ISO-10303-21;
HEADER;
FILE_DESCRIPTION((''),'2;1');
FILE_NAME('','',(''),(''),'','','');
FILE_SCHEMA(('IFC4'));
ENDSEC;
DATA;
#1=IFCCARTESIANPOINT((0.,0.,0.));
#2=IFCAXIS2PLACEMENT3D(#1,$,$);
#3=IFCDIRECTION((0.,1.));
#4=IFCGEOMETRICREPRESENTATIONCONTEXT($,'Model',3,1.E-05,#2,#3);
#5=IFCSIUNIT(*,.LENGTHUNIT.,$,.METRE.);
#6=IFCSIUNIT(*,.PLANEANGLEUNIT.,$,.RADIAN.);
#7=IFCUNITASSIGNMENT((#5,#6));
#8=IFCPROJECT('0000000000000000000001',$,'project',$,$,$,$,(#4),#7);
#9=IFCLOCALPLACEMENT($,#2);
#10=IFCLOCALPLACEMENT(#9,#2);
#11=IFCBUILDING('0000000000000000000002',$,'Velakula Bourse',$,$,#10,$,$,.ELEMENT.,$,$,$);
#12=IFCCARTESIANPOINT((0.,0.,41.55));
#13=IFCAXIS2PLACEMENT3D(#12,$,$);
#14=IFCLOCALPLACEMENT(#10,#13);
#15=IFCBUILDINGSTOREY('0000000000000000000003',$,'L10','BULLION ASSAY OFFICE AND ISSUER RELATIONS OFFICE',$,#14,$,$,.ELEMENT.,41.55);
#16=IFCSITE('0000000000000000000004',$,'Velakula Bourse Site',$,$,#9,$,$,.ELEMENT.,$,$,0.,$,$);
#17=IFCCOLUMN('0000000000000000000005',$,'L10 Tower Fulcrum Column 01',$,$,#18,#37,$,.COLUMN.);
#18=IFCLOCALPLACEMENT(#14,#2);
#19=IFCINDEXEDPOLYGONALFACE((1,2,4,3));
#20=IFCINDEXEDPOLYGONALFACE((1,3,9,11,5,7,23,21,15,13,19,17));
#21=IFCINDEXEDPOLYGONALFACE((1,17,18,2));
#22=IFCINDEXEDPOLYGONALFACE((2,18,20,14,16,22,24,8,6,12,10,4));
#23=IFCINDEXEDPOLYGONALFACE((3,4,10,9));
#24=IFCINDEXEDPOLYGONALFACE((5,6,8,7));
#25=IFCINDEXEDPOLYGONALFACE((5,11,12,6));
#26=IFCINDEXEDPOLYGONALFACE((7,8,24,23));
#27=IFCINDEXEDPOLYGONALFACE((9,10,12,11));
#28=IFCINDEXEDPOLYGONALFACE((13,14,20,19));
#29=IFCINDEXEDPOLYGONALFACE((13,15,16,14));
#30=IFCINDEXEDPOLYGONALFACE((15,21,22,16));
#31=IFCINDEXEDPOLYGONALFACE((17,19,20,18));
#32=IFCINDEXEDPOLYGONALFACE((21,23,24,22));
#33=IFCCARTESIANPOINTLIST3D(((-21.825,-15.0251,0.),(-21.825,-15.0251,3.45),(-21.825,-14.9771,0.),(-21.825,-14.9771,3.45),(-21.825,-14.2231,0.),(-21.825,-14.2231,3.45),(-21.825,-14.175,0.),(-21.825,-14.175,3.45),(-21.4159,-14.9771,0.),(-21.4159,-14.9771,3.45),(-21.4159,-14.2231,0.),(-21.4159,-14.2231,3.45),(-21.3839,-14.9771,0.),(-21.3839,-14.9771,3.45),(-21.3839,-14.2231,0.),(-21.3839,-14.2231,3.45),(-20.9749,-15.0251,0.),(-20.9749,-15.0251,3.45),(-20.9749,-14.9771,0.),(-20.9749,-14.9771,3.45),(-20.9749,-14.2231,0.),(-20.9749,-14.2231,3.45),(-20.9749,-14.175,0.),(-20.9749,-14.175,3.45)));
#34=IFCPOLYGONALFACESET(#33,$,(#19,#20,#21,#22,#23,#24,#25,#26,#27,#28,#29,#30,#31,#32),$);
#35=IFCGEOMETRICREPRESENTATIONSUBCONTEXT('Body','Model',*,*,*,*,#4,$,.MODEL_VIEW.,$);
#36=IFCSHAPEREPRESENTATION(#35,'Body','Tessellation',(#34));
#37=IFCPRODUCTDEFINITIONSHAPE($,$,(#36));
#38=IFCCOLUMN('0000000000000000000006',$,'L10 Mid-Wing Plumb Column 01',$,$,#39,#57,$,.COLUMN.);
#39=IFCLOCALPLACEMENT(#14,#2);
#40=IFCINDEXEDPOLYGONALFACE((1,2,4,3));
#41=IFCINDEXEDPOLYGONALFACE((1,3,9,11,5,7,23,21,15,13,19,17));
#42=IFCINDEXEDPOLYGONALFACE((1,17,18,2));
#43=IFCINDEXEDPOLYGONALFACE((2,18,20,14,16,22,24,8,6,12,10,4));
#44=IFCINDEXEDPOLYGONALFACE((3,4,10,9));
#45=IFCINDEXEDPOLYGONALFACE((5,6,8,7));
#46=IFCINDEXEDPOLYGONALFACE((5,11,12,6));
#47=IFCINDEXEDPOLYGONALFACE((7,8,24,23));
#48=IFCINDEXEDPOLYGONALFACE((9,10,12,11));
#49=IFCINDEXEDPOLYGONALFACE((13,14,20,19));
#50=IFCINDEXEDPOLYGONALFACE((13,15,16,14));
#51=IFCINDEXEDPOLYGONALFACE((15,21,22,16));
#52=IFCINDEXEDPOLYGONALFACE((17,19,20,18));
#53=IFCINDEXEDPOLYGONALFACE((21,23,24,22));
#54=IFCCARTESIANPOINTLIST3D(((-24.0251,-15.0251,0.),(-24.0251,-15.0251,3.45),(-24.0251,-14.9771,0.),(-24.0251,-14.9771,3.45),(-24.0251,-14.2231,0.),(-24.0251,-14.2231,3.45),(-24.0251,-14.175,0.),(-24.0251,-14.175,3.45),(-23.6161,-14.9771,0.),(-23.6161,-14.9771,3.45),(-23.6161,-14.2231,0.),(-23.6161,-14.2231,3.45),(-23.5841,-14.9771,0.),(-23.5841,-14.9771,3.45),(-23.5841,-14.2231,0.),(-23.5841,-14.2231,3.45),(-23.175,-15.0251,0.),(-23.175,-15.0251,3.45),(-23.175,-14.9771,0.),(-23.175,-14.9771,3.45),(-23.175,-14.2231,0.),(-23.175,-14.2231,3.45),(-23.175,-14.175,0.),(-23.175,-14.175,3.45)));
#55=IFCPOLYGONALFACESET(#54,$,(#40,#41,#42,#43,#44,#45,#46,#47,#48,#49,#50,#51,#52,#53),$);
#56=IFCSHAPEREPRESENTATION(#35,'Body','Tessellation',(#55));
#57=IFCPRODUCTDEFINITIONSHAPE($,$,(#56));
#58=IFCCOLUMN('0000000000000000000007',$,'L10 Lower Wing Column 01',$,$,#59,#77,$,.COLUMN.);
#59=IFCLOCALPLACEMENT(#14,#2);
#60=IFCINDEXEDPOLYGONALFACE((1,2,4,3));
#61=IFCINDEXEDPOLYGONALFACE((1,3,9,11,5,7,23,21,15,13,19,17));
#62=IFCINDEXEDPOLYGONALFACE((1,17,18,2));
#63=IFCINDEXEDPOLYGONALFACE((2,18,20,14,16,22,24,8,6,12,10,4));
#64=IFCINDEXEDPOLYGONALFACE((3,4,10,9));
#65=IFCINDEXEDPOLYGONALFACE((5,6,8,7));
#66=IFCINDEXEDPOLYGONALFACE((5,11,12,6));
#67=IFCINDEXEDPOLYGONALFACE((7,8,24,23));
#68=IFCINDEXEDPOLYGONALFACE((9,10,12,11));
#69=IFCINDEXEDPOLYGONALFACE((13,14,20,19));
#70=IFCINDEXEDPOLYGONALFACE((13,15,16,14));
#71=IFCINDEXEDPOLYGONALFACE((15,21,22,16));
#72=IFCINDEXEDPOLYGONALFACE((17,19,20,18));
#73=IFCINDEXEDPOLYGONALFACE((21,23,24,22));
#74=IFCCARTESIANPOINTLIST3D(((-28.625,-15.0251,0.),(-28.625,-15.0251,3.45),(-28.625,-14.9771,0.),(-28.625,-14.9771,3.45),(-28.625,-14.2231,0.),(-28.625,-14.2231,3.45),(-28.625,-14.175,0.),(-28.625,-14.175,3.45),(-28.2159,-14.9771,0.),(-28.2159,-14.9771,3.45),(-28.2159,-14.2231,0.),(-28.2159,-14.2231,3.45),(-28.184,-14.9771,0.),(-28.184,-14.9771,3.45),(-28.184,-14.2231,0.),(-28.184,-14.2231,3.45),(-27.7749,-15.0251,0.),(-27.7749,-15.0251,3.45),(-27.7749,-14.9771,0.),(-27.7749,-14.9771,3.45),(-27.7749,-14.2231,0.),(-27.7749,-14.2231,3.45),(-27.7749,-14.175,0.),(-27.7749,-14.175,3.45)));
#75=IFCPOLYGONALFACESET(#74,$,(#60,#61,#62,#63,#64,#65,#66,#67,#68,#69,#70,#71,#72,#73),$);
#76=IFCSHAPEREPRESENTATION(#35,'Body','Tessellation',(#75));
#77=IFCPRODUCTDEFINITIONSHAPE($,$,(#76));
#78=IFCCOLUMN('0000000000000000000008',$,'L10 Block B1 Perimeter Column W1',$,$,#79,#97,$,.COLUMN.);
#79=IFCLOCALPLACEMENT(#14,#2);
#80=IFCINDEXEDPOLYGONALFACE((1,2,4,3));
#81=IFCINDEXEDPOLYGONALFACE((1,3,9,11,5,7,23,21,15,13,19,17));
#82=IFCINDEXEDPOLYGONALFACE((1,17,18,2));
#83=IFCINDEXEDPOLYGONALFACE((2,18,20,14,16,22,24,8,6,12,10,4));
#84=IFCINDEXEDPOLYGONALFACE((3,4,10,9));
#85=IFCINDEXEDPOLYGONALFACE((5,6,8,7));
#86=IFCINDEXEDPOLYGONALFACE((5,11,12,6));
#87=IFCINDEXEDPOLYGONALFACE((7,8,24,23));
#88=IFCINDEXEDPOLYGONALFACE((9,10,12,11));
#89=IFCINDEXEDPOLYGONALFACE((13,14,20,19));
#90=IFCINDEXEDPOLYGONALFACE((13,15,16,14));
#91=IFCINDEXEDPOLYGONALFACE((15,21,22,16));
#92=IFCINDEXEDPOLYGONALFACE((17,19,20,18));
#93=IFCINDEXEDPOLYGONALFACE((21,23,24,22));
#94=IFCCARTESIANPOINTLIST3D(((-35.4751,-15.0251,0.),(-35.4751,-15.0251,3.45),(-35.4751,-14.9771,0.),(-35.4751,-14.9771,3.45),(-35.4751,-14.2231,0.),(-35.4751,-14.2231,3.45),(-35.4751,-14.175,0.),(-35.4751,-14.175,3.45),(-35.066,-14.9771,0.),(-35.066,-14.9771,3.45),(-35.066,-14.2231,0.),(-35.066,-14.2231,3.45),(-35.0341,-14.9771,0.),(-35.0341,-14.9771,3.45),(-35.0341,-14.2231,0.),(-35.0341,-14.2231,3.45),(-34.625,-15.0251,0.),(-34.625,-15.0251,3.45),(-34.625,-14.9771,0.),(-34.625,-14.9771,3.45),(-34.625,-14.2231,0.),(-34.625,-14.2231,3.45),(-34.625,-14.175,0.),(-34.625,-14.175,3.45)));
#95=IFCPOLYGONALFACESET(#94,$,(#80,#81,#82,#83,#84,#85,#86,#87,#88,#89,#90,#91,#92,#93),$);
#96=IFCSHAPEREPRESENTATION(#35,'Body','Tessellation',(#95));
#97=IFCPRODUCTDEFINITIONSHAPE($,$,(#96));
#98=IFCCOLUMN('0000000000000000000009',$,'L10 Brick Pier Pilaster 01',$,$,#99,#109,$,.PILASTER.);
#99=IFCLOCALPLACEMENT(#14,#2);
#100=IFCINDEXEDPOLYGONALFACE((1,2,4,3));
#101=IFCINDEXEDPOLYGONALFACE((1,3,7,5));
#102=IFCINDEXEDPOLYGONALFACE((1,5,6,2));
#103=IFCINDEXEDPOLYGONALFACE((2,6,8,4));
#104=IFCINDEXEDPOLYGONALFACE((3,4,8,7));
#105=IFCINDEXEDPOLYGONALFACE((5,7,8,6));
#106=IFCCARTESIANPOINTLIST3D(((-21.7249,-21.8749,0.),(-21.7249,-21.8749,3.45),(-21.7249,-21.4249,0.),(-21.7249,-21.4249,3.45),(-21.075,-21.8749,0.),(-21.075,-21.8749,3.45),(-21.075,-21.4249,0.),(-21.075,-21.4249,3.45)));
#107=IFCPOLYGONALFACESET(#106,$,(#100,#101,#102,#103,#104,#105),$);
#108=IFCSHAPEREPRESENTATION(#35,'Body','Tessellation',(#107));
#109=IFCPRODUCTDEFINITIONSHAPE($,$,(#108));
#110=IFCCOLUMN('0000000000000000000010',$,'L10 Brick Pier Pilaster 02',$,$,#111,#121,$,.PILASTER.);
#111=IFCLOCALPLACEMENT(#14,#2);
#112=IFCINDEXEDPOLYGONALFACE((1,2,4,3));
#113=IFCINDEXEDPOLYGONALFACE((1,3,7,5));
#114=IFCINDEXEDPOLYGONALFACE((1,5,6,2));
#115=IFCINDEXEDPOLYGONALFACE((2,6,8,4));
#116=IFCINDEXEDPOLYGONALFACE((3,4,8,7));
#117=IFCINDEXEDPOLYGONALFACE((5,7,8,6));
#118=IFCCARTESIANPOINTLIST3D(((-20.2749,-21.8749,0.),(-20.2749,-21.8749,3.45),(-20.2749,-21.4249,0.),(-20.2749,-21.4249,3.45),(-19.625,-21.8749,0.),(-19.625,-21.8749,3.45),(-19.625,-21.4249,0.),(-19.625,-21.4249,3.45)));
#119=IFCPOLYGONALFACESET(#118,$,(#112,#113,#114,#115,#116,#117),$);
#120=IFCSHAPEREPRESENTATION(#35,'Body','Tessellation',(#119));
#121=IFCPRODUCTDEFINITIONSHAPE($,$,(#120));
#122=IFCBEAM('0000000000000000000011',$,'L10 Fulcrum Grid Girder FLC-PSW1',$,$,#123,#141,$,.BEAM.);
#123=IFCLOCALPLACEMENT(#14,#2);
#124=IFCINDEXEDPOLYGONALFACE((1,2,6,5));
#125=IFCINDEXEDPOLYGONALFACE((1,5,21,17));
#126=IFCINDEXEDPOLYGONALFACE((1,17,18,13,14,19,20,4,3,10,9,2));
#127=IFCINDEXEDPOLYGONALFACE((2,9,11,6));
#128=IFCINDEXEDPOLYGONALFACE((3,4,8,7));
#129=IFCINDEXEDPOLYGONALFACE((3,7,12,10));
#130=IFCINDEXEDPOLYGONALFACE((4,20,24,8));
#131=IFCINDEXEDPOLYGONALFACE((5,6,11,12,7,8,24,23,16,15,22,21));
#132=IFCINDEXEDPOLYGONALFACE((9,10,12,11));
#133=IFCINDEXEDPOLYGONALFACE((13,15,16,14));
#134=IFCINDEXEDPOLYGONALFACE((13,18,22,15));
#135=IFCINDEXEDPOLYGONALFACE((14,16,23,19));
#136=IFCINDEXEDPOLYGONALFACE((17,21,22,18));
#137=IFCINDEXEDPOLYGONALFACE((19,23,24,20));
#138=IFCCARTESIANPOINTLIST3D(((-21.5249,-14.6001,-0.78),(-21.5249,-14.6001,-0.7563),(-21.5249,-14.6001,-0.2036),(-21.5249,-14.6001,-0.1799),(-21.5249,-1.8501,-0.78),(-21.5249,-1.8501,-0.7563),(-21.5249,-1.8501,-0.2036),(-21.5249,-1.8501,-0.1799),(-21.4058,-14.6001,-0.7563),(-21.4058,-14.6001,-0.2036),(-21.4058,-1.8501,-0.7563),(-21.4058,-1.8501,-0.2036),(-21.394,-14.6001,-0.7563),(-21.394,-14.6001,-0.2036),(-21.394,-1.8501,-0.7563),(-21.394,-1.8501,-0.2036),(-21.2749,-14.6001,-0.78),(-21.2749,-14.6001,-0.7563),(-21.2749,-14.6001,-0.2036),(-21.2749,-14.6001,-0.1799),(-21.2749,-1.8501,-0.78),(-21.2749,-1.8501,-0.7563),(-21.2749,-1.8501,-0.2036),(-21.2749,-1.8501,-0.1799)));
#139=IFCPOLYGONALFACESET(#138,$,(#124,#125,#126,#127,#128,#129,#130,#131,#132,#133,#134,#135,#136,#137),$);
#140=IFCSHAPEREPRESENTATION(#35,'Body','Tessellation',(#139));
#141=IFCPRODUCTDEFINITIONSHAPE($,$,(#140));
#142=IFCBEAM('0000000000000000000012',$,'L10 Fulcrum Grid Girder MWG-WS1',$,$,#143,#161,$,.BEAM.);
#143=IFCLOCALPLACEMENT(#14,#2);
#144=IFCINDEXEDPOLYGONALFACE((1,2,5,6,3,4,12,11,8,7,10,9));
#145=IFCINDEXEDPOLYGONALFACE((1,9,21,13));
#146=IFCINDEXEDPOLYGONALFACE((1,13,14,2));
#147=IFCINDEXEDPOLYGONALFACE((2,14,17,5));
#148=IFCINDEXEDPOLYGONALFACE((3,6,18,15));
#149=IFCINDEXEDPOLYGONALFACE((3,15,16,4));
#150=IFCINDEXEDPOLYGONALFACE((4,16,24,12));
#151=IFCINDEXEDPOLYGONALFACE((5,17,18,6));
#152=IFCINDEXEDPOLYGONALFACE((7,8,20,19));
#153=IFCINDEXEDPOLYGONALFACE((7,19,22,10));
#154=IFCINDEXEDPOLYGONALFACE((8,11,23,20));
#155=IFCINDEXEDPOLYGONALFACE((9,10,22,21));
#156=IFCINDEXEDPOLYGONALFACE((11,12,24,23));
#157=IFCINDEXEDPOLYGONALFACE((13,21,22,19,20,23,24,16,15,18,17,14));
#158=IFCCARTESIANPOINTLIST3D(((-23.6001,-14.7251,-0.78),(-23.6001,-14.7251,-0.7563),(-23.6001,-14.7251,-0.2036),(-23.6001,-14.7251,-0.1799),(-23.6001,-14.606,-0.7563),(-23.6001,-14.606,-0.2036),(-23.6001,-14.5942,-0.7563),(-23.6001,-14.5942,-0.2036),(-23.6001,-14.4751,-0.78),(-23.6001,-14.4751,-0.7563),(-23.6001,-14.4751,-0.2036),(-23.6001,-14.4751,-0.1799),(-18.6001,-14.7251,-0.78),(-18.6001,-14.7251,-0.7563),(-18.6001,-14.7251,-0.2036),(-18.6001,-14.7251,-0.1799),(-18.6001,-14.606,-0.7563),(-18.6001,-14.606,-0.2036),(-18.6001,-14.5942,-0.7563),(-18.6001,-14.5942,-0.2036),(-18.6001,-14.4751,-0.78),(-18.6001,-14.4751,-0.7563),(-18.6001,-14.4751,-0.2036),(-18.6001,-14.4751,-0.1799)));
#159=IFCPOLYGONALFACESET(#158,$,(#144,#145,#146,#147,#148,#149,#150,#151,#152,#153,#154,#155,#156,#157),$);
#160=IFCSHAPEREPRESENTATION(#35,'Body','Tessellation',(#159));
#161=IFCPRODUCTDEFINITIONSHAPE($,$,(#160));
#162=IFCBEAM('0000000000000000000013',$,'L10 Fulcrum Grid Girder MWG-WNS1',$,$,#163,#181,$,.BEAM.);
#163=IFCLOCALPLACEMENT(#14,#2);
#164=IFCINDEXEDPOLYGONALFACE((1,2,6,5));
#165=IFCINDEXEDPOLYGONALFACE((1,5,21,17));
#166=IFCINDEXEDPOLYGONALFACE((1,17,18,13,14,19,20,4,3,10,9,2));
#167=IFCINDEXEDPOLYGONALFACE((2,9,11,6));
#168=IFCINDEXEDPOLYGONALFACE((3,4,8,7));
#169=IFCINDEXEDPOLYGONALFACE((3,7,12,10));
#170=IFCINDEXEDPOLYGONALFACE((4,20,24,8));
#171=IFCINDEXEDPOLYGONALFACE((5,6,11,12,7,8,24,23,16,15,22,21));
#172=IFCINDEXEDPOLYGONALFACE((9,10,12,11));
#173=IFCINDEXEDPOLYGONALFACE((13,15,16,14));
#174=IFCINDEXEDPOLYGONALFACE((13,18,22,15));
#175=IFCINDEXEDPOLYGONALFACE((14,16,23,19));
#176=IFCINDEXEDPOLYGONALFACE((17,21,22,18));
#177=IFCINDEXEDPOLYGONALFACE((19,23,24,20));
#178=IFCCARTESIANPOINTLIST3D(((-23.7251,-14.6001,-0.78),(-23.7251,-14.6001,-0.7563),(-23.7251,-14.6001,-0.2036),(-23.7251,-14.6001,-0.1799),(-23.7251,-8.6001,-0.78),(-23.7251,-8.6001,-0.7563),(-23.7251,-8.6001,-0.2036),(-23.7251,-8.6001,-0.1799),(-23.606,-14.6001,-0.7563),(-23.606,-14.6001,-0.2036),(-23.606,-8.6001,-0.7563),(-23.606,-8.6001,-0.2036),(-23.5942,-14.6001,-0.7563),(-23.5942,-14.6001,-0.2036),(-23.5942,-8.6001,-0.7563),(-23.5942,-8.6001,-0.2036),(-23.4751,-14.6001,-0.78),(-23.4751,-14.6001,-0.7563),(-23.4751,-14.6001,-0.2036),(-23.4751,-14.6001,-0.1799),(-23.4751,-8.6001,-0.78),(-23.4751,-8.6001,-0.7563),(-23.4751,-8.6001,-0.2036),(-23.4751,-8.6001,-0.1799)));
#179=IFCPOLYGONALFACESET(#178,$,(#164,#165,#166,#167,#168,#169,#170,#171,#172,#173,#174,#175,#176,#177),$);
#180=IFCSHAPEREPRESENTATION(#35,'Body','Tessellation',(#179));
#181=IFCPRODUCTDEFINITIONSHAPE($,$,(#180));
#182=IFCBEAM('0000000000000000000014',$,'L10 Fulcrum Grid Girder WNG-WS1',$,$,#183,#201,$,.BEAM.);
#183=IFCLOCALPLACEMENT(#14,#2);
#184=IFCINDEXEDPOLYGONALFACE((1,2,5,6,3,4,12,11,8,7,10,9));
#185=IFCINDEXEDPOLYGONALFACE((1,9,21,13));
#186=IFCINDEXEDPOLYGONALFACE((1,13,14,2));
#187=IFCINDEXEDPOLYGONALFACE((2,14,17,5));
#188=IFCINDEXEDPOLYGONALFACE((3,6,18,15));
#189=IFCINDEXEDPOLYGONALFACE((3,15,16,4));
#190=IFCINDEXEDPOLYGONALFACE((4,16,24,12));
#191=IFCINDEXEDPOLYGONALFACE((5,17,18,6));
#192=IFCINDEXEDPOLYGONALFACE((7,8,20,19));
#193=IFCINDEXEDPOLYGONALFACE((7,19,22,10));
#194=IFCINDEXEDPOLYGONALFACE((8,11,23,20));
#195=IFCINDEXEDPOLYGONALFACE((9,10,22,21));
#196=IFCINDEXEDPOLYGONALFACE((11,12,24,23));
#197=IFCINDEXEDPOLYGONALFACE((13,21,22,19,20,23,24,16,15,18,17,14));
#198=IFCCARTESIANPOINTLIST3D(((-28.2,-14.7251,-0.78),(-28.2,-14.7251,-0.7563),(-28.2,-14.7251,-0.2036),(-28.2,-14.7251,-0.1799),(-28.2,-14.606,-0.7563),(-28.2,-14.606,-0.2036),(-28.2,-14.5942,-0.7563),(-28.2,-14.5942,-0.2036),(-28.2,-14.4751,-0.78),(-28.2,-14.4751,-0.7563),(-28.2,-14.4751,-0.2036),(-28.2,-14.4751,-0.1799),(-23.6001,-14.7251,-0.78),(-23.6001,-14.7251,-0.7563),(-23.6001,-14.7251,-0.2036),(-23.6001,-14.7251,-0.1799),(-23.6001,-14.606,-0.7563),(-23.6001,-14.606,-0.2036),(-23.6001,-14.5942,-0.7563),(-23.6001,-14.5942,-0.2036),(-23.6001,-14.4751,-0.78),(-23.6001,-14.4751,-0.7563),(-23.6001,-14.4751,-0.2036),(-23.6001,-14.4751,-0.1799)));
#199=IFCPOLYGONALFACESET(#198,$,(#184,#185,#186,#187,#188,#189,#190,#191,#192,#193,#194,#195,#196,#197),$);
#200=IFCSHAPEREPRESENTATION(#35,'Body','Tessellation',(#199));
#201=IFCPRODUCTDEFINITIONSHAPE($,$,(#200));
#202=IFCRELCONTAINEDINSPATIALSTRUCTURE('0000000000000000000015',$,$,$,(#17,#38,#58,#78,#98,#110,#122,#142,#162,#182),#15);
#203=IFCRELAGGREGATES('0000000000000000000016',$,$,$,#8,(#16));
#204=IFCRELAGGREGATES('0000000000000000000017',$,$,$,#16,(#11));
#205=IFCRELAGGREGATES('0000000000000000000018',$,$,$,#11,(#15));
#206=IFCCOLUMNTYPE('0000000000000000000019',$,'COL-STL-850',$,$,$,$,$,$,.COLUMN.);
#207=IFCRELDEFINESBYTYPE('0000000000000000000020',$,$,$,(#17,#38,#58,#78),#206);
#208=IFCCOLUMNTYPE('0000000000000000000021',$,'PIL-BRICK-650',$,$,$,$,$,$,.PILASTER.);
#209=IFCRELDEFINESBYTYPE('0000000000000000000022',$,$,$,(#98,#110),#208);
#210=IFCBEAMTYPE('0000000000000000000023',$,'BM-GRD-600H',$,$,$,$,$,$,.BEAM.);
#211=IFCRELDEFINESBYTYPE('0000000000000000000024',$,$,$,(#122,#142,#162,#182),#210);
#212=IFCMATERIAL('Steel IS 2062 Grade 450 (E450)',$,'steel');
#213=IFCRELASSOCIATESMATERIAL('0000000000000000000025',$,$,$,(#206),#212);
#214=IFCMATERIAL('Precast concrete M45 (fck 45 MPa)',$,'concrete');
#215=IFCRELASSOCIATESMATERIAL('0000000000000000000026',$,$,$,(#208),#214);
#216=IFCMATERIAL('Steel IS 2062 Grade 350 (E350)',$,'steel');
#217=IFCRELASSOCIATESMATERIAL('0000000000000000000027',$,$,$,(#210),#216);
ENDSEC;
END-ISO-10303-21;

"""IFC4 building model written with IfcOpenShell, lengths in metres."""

from ifc_helpers import new_model, si_unit, direction, frame, origin, origin_2d, place, context, subcontext, project, spatial, rectangle, i_section, extrude, material, material_profile, profile_set, type_object, element, save


model = new_model("IFC4")

# Units and contexts
model_context = context("Model", 3, precision=1e-05, world=origin(), true_north=direction((0.0, 1.0)))
body_context = subcontext(model_context, "Body", "Model", "MODEL_VIEW")
ifc_project = project(units=[si_unit("LENGTHUNIT", "METRE"), si_unit("PLANEANGLEUNIT", "RADIAN")], contexts=[model_context])

# Site, building, storey
site_placement = place(None, origin())
site = spatial("IfcSite", under=ifc_project, at=site_placement, Name="Velakula Bourse Site", CompositionType="ELEMENT", RefElevation=0.0)
building_placement = place(site_placement, origin())
building = spatial("IfcBuilding", under=site, at=building_placement, Name="Velakula Bourse", CompositionType="ELEMENT")
storey_placement = place(building_placement, frame((0.0, 0.0, 41.55)))
storey = spatial("IfcBuildingStorey", under=building, at=storey_placement, Name="L10", Description="BULLION ASSAY OFFICE AND ISSUER RELATIONS OFFICE", CompositionType="ELEMENT", Elevation=41.55)

# Columns
ifc_material_1 = material(Name="Steel IS 2062 Grade 450 (E450)", Category="steel")
ifc_material_profile_1 = material_profile(ifc_material_1, i_section(OverallWidth=0.8501, OverallDepth=0.8501, WebThickness=0.032, FlangeThickness=0.0481, at=origin_2d()), Name="Steel IS 2062 Grade 450 (E450)")
ifc_profile_set_1 = profile_set([ifc_material_profile_1], Name="Steel IS 2062 Grade 450 (E450)")
column_type_1 = type_object("IfcColumnType", Name="COL-STL-850", PredefinedType="COLUMN", material=ifc_profile_set_1)
for number, where, z_axis, x_axis, name in (
    (1, (-21.3999, -14.6001, 0.0), (0.0, 0.0, 1.0), (1.0, 0.0, 0.0), "L10 Tower Fulcrum Column 01"),
    (2, (-23.6001, -14.6001, 0.0), (0.0, 0.0, 1.0), (1.0, 0.0, 0.0), "L10 Mid-Wing Plumb Column 01"),
    (3, (-28.2, -14.6001, 0.0), (0.0, 0.0, 1.0), (1.0, 0.0, 0.0), "L10 Lower Wing Column 01"),
    (4, (-35.05, -14.6001, 0.0), (0.0, 0.0, 1.0), (1.0, 0.0, 0.0), "L10 Block B1 Perimeter Column W1"),
):
    element("IfcColumn", number, at=place(storey_placement, frame(where, z_axis=z_axis, x_axis=x_axis)), inside=storey, type_object=column_type_1, Name=name, PredefinedType="COLUMN", context=body_context, shape_type="SweptSolid", body=[
        extrude(i_section(OverallWidth=0.8501, OverallDepth=0.8501, WebThickness=0.032, FlangeThickness=0.0481, at=origin_2d()), origin(), (0.0, 0.0, 1.0), 3.45),
    ])
ifc_material_2 = material(Name="Precast concrete M45 (fck 45 MPa)", Category="concrete")
ifc_material_profile_2 = material_profile(ifc_material_2, rectangle(XDim=0.6499, YDim=0.45, at=origin_2d()), Name="Precast concrete M45 (fck 45 MPa)")
ifc_profile_set_2 = profile_set([ifc_material_profile_2], Name="Precast concrete M45 (fck 45 MPa)")
column_type_2 = type_object("IfcColumnType", Name="PIL-BRICK-650", PredefinedType="PILASTER", material=ifc_profile_set_2)
for number, where, z_axis, x_axis, name in (
    (5, (-21.3999, -21.6499, 0.0), (0.0, 0.0, 1.0), (1.0, 0.0, 0.0), "L10 Brick Pier Pilaster 01"),
    (6, (-19.95, -21.6499, 0.0), (0.0, 0.0, 1.0), (1.0, 0.0, 0.0), "L10 Brick Pier Pilaster 02"),
):
    element("IfcColumn", number, at=place(storey_placement, frame(where, z_axis=z_axis, x_axis=x_axis)), inside=storey, type_object=column_type_2, Name=name, PredefinedType="PILASTER", context=body_context, shape_type="SweptSolid", body=[
        extrude(rectangle(XDim=0.6499, YDim=0.45, at=origin_2d()), origin(), (0.0, 0.0, 1.0), 3.45),
    ])

# Beams
ifc_material_3 = material(Name="Steel IS 2062 Grade 350 (E350)", Category="steel")
ifc_material_profile_3 = material_profile(ifc_material_3, i_section(OverallWidth=0.25, OverallDepth=0.6001, WebThickness=0.0117, FlangeThickness=0.0237, at=origin_2d()), Name="Steel IS 2062 Grade 350 (E350)")
ifc_profile_set_3 = profile_set([ifc_material_profile_3], Name="Steel IS 2062 Grade 350 (E350)")
beam_type_1 = type_object("IfcBeamType", Name="BM-GRD-600H", PredefinedType="BEAM", material=ifc_profile_set_3)
beam_1_placement = place(storey_placement, frame((-21.3999, -14.6001, -0.48), z_axis=(0.0, 1.0, 0.0), x_axis=(-1.0, 0.0, 0.0)))
element("IfcBeam", 7, at=beam_1_placement, inside=storey, type_object=beam_type_1, Name="L10 Fulcrum Grid Girder FLC-PSW1", PredefinedType="BEAM", context=body_context, shape_type="SweptSolid", body=[
    extrude(i_section(OverallWidth=0.25, OverallDepth=0.6001, WebThickness=0.0117, FlangeThickness=0.0237, at=origin_2d()), origin(), (0.0, 0.0, 1.0), 12.75),
])
beam_2_placement = place(storey_placement, frame((-23.6001, -14.6001, -0.48), z_axis=(1.0, 0.0, 0.0), x_axis=(0.0, 1.0, 0.0)))
element("IfcBeam", 8, at=beam_2_placement, inside=storey, type_object=beam_type_1, Name="L10 Fulcrum Grid Girder MWG-WS1", PredefinedType="BEAM", context=body_context, shape_type="SweptSolid", body=[
    extrude(i_section(OverallWidth=0.25, OverallDepth=0.6001, WebThickness=0.0117, FlangeThickness=0.0237, at=origin_2d()), origin(), (0.0, 0.0, 1.0), 5.0),
])
beam_3_placement = place(storey_placement, frame((-23.6001, -14.6001, -0.48), z_axis=(0.0, 1.0, 0.0), x_axis=(-1.0, 0.0, 0.0)))
element("IfcBeam", 9, at=beam_3_placement, inside=storey, type_object=beam_type_1, Name="L10 Fulcrum Grid Girder MWG-WNS1", PredefinedType="BEAM", context=body_context, shape_type="SweptSolid", body=[
    extrude(i_section(OverallWidth=0.25, OverallDepth=0.6001, WebThickness=0.0117, FlangeThickness=0.0237, at=origin_2d()), origin(), (0.0, 0.0, 1.0), 6.0),
])
beam_4_placement = place(storey_placement, frame((-28.2, -14.6001, -0.48), z_axis=(1.0, 0.0, 0.0), x_axis=(0.0, 1.0, 0.0)))
element("IfcBeam", 10, at=beam_4_placement, inside=storey, type_object=beam_type_1, Name="L10 Fulcrum Grid Girder WNG-WS1", PredefinedType="BEAM", context=body_context, shape_type="SweptSolid", body=[
    extrude(i_section(OverallWidth=0.25, OverallDepth=0.6001, WebThickness=0.0117, FlangeThickness=0.0237, at=origin_2d()), origin(), (0.0, 0.0, 1.0), 4.5999),
])

save(model, "model.ifc")
